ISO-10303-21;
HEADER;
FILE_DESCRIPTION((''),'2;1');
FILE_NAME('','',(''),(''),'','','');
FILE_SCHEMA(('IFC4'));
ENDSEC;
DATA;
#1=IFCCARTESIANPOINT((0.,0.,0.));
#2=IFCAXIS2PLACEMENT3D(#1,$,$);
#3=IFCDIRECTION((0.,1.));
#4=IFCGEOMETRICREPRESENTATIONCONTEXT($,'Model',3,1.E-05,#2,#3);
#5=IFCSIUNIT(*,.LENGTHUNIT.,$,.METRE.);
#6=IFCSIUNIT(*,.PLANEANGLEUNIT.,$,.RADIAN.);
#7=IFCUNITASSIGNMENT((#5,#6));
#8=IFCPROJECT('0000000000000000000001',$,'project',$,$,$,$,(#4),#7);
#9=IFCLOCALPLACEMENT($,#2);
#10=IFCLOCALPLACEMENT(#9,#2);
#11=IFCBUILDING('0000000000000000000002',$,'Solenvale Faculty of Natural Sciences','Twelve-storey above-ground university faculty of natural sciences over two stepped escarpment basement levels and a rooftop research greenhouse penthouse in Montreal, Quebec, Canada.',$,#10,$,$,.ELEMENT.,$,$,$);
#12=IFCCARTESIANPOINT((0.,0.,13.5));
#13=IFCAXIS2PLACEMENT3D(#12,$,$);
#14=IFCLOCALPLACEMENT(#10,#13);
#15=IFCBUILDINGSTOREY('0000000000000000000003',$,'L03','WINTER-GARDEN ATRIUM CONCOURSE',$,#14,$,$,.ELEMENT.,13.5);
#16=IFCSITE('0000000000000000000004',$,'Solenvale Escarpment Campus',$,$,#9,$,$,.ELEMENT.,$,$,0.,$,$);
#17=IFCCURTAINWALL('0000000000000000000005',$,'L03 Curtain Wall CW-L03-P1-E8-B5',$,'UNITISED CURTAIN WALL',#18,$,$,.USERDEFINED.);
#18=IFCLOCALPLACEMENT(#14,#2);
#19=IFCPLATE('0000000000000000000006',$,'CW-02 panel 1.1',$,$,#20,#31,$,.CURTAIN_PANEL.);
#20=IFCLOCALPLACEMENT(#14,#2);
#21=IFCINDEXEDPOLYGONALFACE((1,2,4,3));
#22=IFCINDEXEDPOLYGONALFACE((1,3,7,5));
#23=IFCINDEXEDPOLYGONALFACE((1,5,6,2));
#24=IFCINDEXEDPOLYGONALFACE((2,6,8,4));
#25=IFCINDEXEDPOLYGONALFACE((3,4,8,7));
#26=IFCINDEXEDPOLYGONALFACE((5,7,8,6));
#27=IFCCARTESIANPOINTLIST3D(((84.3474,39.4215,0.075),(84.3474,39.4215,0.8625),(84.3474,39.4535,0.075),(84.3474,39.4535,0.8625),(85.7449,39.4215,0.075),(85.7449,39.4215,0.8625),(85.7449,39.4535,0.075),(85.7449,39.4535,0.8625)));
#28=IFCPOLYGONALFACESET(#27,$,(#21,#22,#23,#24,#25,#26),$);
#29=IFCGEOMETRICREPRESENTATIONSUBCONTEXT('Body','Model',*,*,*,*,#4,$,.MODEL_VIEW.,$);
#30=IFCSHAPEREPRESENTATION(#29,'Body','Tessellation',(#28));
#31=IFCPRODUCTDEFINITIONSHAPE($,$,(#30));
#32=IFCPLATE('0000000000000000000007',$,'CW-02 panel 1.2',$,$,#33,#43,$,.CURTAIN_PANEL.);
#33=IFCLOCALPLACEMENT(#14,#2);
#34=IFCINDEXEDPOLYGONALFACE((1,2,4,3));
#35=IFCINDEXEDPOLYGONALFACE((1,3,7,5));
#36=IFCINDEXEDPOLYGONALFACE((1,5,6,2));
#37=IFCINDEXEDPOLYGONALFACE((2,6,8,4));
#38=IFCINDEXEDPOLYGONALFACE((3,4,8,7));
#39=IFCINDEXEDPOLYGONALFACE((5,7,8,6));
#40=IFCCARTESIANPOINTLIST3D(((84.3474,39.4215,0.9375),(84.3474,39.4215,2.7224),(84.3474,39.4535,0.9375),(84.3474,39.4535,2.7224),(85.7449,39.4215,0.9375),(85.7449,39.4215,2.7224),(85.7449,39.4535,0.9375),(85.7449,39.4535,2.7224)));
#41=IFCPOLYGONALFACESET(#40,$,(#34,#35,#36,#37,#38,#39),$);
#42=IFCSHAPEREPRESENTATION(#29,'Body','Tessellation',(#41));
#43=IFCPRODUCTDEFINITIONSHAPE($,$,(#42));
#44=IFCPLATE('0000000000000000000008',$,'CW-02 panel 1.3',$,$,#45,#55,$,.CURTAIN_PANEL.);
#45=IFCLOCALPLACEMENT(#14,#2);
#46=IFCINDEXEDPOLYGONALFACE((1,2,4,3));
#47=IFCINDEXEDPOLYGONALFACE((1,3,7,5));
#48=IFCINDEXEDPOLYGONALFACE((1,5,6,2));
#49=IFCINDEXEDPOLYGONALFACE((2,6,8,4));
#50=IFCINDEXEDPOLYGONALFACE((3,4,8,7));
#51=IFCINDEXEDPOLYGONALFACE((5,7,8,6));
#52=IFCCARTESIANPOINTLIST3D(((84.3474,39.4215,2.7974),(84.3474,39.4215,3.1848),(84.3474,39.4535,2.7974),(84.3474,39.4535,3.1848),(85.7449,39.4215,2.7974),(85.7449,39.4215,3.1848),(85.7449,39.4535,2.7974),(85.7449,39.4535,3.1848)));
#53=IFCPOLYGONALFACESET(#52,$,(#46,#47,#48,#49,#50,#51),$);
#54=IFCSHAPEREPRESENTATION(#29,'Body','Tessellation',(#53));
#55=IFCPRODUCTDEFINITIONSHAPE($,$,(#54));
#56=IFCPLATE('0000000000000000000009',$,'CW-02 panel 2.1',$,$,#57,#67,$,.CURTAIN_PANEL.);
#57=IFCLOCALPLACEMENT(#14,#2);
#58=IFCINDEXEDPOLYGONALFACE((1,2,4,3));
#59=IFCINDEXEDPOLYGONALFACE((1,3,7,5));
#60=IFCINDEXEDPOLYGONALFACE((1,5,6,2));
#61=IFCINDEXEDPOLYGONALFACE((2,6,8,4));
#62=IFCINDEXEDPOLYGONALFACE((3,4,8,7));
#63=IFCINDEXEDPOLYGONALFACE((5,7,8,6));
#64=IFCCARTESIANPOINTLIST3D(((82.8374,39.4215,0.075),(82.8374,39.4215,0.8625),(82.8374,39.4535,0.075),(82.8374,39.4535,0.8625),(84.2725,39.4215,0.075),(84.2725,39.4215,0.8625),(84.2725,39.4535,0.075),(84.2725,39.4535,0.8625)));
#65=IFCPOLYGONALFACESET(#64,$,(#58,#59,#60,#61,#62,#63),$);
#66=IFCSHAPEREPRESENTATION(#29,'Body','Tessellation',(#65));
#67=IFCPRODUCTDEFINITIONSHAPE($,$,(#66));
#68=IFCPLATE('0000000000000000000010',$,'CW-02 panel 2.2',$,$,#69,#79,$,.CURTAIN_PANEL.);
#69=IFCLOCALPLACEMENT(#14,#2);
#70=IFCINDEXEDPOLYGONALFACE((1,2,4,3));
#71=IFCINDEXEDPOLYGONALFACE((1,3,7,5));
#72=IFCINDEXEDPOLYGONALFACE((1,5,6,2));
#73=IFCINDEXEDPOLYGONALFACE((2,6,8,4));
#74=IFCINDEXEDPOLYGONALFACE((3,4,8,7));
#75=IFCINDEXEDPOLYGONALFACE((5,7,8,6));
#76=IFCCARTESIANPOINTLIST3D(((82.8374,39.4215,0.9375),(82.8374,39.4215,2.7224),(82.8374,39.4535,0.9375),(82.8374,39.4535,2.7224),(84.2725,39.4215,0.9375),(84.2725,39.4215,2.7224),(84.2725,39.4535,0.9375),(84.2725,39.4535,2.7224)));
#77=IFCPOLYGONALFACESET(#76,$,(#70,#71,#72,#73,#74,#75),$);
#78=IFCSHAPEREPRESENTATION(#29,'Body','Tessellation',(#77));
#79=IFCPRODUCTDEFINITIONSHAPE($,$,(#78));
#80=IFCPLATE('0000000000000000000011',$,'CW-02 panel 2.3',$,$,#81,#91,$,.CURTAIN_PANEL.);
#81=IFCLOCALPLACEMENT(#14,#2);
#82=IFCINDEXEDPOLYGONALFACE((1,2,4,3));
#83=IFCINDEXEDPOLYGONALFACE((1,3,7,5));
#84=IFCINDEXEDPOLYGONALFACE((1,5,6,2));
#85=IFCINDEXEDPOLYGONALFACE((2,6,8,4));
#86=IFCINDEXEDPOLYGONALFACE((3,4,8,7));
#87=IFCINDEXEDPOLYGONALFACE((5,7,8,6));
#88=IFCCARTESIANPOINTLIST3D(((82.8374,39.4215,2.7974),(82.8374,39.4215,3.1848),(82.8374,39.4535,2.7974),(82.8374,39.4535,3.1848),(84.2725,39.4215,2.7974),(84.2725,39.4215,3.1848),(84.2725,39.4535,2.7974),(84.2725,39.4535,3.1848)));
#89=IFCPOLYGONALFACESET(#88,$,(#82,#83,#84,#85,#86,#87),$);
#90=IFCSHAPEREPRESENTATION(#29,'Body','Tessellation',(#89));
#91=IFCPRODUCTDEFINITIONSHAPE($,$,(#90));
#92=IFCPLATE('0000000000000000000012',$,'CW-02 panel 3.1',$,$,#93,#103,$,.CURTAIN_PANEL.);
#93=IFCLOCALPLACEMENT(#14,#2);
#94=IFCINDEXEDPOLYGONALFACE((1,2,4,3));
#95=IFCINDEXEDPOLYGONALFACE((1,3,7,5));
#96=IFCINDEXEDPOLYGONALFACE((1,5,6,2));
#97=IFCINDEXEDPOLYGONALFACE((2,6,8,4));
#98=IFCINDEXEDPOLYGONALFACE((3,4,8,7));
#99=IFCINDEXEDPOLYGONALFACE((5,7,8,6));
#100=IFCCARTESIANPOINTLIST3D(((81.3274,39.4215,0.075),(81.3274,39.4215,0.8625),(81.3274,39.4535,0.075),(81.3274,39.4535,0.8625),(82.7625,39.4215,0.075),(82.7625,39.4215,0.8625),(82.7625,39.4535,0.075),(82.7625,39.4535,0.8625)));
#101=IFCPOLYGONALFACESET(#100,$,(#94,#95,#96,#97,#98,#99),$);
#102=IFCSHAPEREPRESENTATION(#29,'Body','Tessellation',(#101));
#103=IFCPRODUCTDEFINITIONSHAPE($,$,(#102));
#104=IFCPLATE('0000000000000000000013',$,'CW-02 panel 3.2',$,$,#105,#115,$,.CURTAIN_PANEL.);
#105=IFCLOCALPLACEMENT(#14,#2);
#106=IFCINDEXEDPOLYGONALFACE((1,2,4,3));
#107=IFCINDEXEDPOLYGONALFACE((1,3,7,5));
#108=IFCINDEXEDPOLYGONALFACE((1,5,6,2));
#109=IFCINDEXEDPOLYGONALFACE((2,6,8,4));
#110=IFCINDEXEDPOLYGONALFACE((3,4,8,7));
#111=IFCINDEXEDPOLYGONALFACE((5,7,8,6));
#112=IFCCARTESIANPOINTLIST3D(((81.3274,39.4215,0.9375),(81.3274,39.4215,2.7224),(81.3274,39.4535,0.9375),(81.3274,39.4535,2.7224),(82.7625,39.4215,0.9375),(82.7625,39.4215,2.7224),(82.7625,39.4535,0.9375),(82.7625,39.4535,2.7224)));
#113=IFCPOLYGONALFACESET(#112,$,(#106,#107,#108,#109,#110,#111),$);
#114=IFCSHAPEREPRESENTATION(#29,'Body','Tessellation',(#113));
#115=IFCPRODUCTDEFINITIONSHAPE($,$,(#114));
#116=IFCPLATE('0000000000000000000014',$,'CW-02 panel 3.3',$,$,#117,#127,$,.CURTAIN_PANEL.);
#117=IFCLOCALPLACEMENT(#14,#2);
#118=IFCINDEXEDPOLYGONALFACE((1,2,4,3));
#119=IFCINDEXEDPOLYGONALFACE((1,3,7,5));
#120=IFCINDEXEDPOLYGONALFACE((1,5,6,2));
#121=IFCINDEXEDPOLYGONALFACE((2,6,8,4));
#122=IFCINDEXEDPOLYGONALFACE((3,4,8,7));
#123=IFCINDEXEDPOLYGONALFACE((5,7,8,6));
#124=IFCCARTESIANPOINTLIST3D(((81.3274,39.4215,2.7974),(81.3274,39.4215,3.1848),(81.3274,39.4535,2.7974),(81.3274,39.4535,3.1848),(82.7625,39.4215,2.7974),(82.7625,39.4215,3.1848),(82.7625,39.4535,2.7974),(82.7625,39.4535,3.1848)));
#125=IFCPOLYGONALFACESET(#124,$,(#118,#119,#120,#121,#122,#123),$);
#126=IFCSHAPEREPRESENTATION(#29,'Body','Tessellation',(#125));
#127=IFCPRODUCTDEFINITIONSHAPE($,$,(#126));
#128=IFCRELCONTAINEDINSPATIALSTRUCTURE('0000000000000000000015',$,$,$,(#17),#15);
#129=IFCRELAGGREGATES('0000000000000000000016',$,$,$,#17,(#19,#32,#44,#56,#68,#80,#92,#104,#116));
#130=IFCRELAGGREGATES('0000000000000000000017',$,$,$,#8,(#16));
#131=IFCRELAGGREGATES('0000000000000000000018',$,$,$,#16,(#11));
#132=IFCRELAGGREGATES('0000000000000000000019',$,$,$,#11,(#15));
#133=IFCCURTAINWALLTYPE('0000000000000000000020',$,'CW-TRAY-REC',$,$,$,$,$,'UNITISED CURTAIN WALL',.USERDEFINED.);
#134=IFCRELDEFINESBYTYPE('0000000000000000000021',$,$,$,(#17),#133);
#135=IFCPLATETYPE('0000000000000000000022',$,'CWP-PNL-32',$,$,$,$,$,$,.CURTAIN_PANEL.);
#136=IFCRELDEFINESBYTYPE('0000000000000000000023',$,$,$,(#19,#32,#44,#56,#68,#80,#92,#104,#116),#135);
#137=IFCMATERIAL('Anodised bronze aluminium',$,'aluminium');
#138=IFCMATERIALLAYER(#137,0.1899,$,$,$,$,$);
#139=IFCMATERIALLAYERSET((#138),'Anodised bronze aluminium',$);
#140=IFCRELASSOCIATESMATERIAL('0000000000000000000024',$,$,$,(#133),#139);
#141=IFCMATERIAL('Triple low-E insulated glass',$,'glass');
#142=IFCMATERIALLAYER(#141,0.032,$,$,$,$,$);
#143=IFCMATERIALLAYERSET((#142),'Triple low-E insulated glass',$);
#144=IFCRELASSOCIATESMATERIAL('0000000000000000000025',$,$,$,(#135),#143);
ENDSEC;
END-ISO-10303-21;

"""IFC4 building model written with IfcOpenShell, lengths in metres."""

from ifc_helpers import new_model, si_unit, direction, frame, origin, origin_2d, place, context, subcontext, project, spatial, rectangle, extrude, material, layer, layer_set, type_object, element, aggregate, save


model = new_model("IFC4")

# Units and contexts
model_context = context("Model", 3, precision=1e-05, world=origin(), true_north=direction((0.0, 1.0)))
body_context = subcontext(model_context, "Body", "Model", "MODEL_VIEW")
ifc_project = project(units=[si_unit("LENGTHUNIT", "METRE"), si_unit("PLANEANGLEUNIT", "RADIAN")], contexts=[model_context])

# Site, building, storey
site_placement = place(None, origin())
site = spatial("IfcSite", under=ifc_project, at=site_placement, Name="Solenvale Escarpment Campus", CompositionType="ELEMENT", RefElevation=0.0)
building_placement = place(site_placement, origin())
building = spatial("IfcBuilding", under=site, at=building_placement, Name="Solenvale Faculty of Natural Sciences", Description="Twelve-storey above-ground university faculty of natural sciences over two stepped escarpment basement levels and a rooftop research greenhouse penthouse in Montreal, Quebec, Canada.", CompositionType="ELEMENT")
storey_placement = place(building_placement, frame((0.0, 0.0, 13.5)))
storey = spatial("IfcBuildingStorey", under=building, at=storey_placement, Name="L03", Description="WINTER-GARDEN ATRIUM CONCOURSE", CompositionType="ELEMENT", Elevation=13.5)

# Curtain wall, plates
ifc_material_1 = material(Name="Anodised bronze aluminium", Category="aluminium")
ifc_layer_1 = layer(ifc_material_1, 0.1899)
ifc_layer_set_1 = layer_set([ifc_layer_1], Name="Anodised bronze aluminium")
curtain_wall_type = type_object("IfcCurtainWallType", Name="CW-TRAY-REC", ElementType="UNITISED CURTAIN WALL", PredefinedType="USERDEFINED", material=ifc_layer_set_1)
curtain_wall_placement = place(storey_placement, origin())
curtain_wall = element("IfcCurtainWall", 1, at=curtain_wall_placement, inside=storey, type_object=curtain_wall_type, Name="L03 Curtain Wall CW-L03-P1-E8-B5", ObjectType="UNITISED CURTAIN WALL", PredefinedType="USERDEFINED")
ifc_material_2 = material(Name="Triple low-E insulated glass", Category="glass")
ifc_layer_2 = layer(ifc_material_2, 0.032)
ifc_layer_set_2 = layer_set([ifc_layer_2], Name="Triple low-E insulated glass")
plate_type = type_object("IfcPlateType", Name="CWP-PNL-32", PredefinedType="CURTAIN_PANEL", material=ifc_layer_set_2)
plate_1_placement = place(storey_placement, frame((85.0461, 39.4375, 0.075), z_axis=(0.0, 0.0, 1.0), x_axis=(-1.0, 0.0, 0.0)))
plate_1 = element("IfcPlate", 2, at=plate_1_placement, type_object=plate_type, Name="CW-02 panel 1.1", PredefinedType="CURTAIN_PANEL", context=body_context, shape_type="SweptSolid", body=[
    extrude(rectangle(XDim=1.3975, YDim=0.032, at=origin_2d()), origin(), (0.0, 0.0, 1.0), 0.7876),
])
plate_2_placement = place(storey_placement, frame((85.0461, 39.4375, 0.9375), z_axis=(0.0, 0.0, 1.0), x_axis=(-1.0, 0.0, 0.0)))
plate_2 = element("IfcPlate", 3, at=plate_2_placement, type_object=plate_type, Name="CW-02 panel 1.2", PredefinedType="CURTAIN_PANEL", context=body_context, shape_type="SweptSolid", body=[
    extrude(rectangle(XDim=1.3975, YDim=0.032, at=origin_2d()), origin(), (0.0, 0.0, 1.0), 1.7849),
])
plate_3_placement = place(storey_placement, frame((85.0461, 39.4375, 2.7974), z_axis=(0.0, 0.0, 1.0), x_axis=(-1.0, 0.0, 0.0)))
plate_3 = element("IfcPlate", 4, at=plate_3_placement, type_object=plate_type, Name="CW-02 panel 1.3", PredefinedType="CURTAIN_PANEL", context=body_context, shape_type="SweptSolid", body=[
    extrude(rectangle(XDim=1.3975, YDim=0.032, at=origin_2d()), origin(), (0.0, 0.0, 1.0), 0.3875),
])
plate_4_placement = place(storey_placement, frame((83.5549, 39.4375, 0.075), z_axis=(0.0, 0.0, 1.0), x_axis=(-1.0, 0.0, 0.0)))
plate_4 = element("IfcPlate", 5, at=plate_4_placement, type_object=plate_type, Name="CW-02 panel 2.1", PredefinedType="CURTAIN_PANEL", context=body_context, shape_type="SweptSolid", body=[
    extrude(rectangle(XDim=1.4351, YDim=0.032, at=origin_2d()), origin(), (0.0, 0.0, 1.0), 0.7876),
])
plate_5_placement = place(storey_placement, frame((83.5549, 39.4375, 0.9375), z_axis=(0.0, 0.0, 1.0), x_axis=(-1.0, 0.0, 0.0)))
plate_5 = element("IfcPlate", 6, at=plate_5_placement, type_object=plate_type, Name="CW-02 panel 2.2", PredefinedType="CURTAIN_PANEL", context=body_context, shape_type="SweptSolid", body=[
    extrude(rectangle(XDim=1.4351, YDim=0.032, at=origin_2d()), origin(), (0.0, 0.0, 1.0), 1.7849),
])
plate_6_placement = place(storey_placement, frame((83.5549, 39.4375, 2.7974), z_axis=(0.0, 0.0, 1.0), x_axis=(-1.0, 0.0, 0.0)))
plate_6 = element("IfcPlate", 7, at=plate_6_placement, type_object=plate_type, Name="CW-02 panel 2.3", PredefinedType="CURTAIN_PANEL", context=body_context, shape_type="SweptSolid", body=[
    extrude(rectangle(XDim=1.4351, YDim=0.032, at=origin_2d()), origin(), (0.0, 0.0, 1.0), 0.3875),
])
plate_7_placement = place(storey_placement, frame((82.0449, 39.4375, 0.075), z_axis=(0.0, 0.0, 1.0), x_axis=(-1.0, 0.0, 0.0)))
plate_7 = element("IfcPlate", 8, at=plate_7_placement, type_object=plate_type, Name="CW-02 panel 3.1", PredefinedType="CURTAIN_PANEL", context=body_context, shape_type="SweptSolid", body=[
    extrude(rectangle(XDim=1.4351, YDim=0.032, at=origin_2d()), origin(), (0.0, 0.0, 1.0), 0.7876),
])
plate_8_placement = place(storey_placement, frame((82.0449, 39.4375, 0.9375), z_axis=(0.0, 0.0, 1.0), x_axis=(-1.0, 0.0, 0.0)))
plate_8 = element("IfcPlate", 9, at=plate_8_placement, type_object=plate_type, Name="CW-02 panel 3.2", PredefinedType="CURTAIN_PANEL", context=body_context, shape_type="SweptSolid", body=[
    extrude(rectangle(XDim=1.4351, YDim=0.032, at=origin_2d()), origin(), (0.0, 0.0, 1.0), 1.7849),
])
plate_9_placement = place(storey_placement, frame((82.0449, 39.4375, 2.7974), z_axis=(0.0, 0.0, 1.0), x_axis=(-1.0, 0.0, 0.0)))
plate_9 = element("IfcPlate", 10, at=plate_9_placement, type_object=plate_type, Name="CW-02 panel 3.3", PredefinedType="CURTAIN_PANEL", context=body_context, shape_type="SweptSolid", body=[
    extrude(rectangle(XDim=1.4351, YDim=0.032, at=origin_2d()), origin(), (0.0, 0.0, 1.0), 0.3875),
])
aggregate(curtain_wall, [plate_1, plate_2, plate_3, plate_4, plate_5, plate_6, plate_7, plate_8, plate_9])

save(model, "model.ifc")
